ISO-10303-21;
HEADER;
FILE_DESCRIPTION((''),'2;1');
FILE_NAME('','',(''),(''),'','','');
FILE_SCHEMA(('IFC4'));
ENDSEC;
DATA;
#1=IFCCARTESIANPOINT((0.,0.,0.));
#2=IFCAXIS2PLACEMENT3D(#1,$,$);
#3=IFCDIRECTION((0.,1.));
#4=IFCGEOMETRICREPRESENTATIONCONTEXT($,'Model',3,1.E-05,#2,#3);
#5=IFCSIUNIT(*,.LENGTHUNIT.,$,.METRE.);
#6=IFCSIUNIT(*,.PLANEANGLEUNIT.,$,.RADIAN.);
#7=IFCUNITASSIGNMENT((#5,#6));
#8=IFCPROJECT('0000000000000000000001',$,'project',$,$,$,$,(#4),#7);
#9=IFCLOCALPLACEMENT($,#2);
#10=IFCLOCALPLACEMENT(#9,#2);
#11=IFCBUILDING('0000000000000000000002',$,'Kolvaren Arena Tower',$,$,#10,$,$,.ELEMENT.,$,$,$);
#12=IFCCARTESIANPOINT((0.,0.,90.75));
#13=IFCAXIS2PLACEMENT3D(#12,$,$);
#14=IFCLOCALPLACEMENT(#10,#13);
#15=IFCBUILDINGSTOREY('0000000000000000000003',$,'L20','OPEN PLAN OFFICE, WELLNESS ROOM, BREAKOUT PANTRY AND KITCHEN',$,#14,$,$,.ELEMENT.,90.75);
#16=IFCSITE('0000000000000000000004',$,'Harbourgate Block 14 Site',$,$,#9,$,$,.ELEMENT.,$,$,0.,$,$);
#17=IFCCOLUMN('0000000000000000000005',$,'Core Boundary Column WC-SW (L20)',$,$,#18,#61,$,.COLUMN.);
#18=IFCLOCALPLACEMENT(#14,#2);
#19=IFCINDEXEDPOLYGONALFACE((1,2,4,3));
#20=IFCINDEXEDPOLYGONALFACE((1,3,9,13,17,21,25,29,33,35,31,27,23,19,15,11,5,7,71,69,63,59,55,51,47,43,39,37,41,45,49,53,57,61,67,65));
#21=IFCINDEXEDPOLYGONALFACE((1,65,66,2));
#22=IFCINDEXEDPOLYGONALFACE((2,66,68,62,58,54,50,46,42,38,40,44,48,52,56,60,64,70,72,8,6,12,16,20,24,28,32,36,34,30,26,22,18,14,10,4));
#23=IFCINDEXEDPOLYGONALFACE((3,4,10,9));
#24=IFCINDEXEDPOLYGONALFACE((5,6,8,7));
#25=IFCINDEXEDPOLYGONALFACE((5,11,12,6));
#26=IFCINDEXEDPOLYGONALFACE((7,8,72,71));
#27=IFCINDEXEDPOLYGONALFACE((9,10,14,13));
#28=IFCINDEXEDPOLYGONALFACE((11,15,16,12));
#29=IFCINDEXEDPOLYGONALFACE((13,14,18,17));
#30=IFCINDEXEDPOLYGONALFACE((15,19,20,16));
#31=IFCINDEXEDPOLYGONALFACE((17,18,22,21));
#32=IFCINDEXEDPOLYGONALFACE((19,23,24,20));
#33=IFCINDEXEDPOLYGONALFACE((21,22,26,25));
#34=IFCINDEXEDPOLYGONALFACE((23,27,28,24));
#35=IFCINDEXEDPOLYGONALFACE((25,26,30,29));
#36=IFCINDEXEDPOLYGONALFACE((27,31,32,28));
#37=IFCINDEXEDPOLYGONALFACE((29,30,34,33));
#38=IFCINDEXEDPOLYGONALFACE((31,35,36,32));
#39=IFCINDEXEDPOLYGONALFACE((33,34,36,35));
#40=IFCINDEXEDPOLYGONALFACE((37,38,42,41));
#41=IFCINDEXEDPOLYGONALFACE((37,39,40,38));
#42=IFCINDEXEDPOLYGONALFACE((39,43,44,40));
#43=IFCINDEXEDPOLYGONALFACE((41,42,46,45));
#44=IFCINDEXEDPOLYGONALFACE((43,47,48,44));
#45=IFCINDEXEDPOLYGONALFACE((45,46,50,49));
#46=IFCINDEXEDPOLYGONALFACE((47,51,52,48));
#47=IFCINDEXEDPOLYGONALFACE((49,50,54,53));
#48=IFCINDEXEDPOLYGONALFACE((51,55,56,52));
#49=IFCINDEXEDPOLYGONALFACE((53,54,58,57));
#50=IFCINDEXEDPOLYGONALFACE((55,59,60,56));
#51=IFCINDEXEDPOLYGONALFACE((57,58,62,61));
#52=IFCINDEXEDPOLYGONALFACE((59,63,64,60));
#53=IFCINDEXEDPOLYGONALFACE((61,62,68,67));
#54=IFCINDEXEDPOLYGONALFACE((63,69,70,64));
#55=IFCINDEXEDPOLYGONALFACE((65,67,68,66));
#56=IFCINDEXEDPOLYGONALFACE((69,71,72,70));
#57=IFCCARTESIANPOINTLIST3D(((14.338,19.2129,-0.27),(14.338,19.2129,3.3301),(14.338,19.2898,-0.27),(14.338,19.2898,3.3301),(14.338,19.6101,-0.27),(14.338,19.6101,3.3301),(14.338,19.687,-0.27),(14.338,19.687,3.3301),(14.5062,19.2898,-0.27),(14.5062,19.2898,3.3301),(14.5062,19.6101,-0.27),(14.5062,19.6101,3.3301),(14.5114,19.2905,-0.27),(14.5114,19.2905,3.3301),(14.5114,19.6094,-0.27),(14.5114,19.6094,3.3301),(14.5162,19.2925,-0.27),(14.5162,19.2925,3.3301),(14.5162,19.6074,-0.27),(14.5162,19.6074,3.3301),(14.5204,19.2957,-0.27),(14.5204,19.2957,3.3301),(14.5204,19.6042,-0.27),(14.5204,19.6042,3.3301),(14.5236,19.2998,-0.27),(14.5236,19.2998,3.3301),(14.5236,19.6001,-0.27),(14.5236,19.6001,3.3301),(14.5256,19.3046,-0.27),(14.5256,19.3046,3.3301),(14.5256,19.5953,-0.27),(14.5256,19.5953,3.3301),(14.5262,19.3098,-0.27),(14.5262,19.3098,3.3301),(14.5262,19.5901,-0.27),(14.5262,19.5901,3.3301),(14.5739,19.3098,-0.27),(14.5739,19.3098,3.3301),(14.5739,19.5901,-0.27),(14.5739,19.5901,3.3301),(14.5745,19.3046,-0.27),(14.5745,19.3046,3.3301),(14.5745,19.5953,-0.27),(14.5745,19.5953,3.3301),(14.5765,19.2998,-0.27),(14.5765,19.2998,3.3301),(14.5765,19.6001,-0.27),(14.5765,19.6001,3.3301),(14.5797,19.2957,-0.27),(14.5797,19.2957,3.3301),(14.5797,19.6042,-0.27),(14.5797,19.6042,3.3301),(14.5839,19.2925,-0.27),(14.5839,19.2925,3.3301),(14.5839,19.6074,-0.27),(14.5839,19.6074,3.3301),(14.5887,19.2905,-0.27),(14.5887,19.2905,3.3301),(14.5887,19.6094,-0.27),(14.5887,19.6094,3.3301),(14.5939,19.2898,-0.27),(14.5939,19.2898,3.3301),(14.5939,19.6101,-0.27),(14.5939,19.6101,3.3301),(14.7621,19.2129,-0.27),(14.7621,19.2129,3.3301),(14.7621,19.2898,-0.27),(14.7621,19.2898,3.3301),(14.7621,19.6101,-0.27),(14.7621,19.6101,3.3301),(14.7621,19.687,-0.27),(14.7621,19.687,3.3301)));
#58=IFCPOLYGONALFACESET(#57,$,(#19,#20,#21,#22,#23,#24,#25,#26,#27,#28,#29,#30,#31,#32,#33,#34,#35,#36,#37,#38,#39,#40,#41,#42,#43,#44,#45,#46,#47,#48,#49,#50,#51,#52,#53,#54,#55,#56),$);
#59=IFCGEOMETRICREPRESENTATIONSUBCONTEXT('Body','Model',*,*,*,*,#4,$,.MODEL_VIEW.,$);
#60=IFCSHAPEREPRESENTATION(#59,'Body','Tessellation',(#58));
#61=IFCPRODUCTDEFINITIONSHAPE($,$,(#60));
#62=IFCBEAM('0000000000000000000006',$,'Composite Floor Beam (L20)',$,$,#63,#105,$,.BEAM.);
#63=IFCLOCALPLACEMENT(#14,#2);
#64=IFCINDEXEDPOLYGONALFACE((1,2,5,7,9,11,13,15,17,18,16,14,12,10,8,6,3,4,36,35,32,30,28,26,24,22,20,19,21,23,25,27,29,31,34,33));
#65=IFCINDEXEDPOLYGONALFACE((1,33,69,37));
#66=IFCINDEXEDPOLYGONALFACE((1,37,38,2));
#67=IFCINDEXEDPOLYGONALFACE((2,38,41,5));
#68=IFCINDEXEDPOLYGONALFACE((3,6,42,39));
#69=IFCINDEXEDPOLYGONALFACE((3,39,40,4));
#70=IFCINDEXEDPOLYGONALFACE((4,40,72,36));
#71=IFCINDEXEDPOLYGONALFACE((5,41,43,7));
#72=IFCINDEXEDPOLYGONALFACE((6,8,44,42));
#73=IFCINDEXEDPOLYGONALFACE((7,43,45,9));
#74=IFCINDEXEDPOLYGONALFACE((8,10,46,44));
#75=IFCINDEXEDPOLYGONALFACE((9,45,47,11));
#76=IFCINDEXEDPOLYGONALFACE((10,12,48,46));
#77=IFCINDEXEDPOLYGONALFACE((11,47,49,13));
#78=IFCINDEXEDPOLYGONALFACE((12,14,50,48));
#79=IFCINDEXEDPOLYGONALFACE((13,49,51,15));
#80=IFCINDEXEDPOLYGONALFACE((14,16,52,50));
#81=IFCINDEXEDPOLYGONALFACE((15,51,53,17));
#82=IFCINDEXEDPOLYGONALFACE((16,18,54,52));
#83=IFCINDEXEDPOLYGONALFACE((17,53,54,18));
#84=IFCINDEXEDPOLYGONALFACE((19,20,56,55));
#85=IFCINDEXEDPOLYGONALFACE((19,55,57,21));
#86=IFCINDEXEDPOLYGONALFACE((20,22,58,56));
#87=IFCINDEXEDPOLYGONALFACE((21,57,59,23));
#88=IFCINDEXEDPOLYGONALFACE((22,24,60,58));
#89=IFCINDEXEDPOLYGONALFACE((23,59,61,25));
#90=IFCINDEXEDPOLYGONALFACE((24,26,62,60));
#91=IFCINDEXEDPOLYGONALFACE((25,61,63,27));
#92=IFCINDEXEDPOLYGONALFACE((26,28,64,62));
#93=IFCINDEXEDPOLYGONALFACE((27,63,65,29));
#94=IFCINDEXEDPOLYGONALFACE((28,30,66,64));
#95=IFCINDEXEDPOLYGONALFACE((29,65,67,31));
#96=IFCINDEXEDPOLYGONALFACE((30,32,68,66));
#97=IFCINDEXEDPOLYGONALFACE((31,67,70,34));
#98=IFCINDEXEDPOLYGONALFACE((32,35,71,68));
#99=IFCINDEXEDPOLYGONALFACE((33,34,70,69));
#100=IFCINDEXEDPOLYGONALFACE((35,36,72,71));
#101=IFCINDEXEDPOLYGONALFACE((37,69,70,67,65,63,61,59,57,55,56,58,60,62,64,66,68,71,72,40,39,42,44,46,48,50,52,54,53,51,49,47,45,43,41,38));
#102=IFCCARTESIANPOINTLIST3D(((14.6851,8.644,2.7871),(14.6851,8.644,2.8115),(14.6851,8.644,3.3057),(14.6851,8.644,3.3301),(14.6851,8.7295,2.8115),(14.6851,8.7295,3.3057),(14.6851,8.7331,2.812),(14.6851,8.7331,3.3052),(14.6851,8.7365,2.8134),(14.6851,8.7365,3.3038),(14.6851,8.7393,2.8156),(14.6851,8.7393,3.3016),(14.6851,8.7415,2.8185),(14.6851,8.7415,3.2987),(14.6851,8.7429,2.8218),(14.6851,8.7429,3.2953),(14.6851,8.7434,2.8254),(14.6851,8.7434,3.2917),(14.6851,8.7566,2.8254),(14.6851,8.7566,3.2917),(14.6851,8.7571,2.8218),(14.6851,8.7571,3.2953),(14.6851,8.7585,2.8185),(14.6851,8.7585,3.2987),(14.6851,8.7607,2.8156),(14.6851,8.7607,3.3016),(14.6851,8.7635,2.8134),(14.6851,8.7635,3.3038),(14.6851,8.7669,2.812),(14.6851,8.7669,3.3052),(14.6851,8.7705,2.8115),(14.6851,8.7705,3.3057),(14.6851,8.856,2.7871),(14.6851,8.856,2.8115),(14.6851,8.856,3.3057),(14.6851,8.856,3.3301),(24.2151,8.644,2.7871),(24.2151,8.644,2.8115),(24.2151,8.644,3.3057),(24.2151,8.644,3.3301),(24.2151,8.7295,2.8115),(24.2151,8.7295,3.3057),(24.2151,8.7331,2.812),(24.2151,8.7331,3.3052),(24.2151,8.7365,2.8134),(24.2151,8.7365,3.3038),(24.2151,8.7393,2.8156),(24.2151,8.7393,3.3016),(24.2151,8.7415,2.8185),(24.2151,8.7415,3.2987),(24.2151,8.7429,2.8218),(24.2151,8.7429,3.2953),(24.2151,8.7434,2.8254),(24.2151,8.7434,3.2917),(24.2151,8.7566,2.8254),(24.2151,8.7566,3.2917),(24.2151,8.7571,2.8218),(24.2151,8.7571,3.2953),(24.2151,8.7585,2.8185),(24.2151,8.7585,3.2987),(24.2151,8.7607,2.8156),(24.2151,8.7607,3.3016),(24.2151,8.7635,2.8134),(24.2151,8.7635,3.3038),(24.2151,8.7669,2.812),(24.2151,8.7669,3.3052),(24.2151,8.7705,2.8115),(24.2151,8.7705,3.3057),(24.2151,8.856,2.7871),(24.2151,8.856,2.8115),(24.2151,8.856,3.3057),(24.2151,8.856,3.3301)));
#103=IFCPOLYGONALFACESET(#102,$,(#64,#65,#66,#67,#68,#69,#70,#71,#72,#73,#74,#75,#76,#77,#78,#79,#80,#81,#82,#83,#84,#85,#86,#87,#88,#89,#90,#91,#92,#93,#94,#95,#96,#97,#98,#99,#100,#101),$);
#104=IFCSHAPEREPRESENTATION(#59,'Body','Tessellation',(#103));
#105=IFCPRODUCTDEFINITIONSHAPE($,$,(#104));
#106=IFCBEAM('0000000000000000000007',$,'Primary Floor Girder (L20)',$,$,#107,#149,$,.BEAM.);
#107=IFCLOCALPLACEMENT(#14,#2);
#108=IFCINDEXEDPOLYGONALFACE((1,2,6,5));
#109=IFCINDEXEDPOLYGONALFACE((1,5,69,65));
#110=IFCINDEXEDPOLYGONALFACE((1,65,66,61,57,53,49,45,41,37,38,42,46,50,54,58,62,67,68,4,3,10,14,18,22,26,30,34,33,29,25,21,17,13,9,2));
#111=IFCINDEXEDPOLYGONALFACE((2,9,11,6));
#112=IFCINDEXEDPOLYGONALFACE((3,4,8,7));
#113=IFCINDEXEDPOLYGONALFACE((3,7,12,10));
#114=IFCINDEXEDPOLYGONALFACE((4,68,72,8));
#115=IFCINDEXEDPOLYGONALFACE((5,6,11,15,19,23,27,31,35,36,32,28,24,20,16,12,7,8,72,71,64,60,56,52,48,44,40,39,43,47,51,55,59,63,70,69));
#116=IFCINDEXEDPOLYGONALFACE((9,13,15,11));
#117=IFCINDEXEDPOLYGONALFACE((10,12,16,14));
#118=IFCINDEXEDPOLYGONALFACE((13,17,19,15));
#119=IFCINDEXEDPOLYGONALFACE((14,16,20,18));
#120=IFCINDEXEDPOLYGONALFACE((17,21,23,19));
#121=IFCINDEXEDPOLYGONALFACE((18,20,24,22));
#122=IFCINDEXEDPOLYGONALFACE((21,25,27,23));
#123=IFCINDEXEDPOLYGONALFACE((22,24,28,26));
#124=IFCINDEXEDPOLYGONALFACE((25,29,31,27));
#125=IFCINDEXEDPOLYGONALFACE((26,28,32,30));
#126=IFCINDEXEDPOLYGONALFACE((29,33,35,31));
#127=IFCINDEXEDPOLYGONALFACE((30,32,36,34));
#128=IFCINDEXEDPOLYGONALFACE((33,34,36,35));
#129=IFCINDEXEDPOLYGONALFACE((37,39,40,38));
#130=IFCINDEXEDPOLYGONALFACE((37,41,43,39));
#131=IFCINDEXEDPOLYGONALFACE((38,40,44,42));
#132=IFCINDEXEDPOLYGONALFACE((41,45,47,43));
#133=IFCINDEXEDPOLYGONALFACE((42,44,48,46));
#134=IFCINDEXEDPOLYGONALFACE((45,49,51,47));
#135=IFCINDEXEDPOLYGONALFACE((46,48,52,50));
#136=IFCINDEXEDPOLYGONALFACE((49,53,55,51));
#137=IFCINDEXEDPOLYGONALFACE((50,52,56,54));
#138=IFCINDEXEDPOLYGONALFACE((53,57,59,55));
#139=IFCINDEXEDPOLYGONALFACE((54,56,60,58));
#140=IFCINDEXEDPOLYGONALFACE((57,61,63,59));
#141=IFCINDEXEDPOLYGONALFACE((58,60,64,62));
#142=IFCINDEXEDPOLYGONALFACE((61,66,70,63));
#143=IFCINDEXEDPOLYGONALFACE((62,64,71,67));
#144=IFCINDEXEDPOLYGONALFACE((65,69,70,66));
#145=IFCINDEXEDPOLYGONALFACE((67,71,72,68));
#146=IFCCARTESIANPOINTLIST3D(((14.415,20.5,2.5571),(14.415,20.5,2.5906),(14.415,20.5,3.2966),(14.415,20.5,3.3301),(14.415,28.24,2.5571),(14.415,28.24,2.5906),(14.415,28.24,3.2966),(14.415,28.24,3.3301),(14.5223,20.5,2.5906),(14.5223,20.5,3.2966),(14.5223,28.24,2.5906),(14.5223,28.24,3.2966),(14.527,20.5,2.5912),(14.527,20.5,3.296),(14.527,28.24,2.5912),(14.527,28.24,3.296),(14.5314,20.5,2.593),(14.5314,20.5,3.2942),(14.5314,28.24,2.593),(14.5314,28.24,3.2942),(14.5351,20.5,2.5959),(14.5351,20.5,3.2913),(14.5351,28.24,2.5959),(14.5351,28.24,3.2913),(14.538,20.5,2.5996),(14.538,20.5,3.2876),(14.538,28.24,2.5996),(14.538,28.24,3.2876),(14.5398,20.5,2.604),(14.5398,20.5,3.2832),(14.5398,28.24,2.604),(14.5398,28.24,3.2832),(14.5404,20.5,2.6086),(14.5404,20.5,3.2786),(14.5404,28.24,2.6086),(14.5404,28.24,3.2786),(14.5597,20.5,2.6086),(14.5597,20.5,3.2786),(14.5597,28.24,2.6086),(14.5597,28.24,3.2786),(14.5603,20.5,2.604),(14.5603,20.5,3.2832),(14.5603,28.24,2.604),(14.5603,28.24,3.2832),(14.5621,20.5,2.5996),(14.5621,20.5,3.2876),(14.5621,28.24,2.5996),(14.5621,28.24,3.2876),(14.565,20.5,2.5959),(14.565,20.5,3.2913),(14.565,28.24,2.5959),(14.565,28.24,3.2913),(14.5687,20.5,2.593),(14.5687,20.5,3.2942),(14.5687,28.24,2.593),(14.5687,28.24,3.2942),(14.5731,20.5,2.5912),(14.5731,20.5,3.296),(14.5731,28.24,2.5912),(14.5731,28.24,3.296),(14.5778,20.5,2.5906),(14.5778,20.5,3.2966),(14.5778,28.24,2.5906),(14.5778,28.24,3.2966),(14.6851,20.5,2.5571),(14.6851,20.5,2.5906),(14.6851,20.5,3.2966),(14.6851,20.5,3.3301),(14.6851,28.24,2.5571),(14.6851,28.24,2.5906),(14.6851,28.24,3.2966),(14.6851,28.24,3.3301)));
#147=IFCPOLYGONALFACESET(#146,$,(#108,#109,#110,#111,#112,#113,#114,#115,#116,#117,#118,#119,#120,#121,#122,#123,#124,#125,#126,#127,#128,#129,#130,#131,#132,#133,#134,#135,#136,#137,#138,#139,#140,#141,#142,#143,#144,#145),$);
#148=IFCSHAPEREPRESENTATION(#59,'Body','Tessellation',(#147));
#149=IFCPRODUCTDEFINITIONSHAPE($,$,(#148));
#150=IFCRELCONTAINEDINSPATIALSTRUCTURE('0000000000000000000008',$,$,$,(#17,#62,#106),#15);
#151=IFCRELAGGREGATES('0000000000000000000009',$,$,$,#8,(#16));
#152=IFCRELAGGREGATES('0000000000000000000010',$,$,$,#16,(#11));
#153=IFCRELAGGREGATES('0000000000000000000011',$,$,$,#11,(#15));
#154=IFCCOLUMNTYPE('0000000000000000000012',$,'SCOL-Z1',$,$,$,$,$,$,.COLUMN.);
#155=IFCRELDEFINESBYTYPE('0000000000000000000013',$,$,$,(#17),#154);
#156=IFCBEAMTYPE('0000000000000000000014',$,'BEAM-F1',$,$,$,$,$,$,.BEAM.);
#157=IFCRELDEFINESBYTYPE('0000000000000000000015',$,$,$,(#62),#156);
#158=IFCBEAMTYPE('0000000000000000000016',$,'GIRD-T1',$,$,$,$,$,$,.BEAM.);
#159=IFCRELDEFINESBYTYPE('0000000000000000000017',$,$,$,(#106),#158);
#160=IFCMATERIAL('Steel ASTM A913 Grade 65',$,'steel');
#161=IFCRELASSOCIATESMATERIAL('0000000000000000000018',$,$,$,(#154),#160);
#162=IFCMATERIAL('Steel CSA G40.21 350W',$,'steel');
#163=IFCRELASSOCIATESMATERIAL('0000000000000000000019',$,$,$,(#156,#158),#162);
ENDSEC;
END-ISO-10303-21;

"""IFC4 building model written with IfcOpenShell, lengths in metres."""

from ifc_helpers import new_model, si_unit, direction, frame, origin, origin_2d, place, context, subcontext, project, spatial, i_section, extrude, material, material_profile, profile_set, type_object, element, save


model = new_model("IFC4")

# Units and contexts
model_context = context("Model", 3, precision=1e-05, world=origin(), true_north=direction((0.0, 1.0)))
body_context = subcontext(model_context, "Body", "Model", "MODEL_VIEW")
ifc_project = project(units=[si_unit("LENGTHUNIT", "METRE"), si_unit("PLANEANGLEUNIT", "RADIAN")], contexts=[model_context])

# Site, building, storey
site_placement = place(None, origin())
site = spatial("IfcSite", under=ifc_project, at=site_placement, Name="Harbourgate Block 14 Site", CompositionType="ELEMENT", RefElevation=0.0)
building_placement = place(site_placement, origin())
building = spatial("IfcBuilding", under=site, at=building_placement, Name="Kolvaren Arena Tower", CompositionType="ELEMENT")
storey_placement = place(building_placement, frame((0.0, 0.0, 90.75)))
storey = spatial("IfcBuildingStorey", under=building, at=storey_placement, Name="L20", Description="OPEN PLAN OFFICE, WELLNESS ROOM, BREAKOUT PANTRY AND KITCHEN", CompositionType="ELEMENT", Elevation=90.75)

# Column
ifc_material_1 = material(Name="Steel ASTM A913 Grade 65", Category="steel")
ifc_material_profile_1 = material_profile(ifc_material_1, i_section(OverallWidth=0.4241, OverallDepth=0.4741, WebThickness=0.0476, FlangeThickness=0.0769, FilletRadius=0.02, at=origin_2d()), Name="W360x634")
ifc_profile_set_1 = profile_set([ifc_material_profile_1], Name="Steel ASTM A913 Grade 65")
column_type = type_object("IfcColumnType", Name="SCOL-Z1", PredefinedType="COLUMN", material=ifc_profile_set_1)
column_placement = place(storey_placement, frame((14.55, 19.45, -0.27), z_axis=(0.0, 0.0, 1.0), x_axis=(1.0, 0.0, 0.0)))
element("IfcColumn", 1, at=column_placement, inside=storey, type_object=column_type, Name="Core Boundary Column WC-SW (L20)", PredefinedType="COLUMN", context=body_context, shape_type="SweptSolid", body=[
    extrude(i_section(OverallWidth=0.4241, OverallDepth=0.4741, WebThickness=0.0476, FlangeThickness=0.0769, FilletRadius=0.02, at=origin_2d()), origin(), (0.0, 0.0, 1.0), 3.6001),
])

# Beams
ifc_material_2 = material(Name="Steel CSA G40.21 350W", Category="steel")
ifc_material_profile_2 = material_profile(ifc_material_2, i_section(OverallWidth=0.2119, OverallDepth=0.543, WebThickness=0.0132, FlangeThickness=0.0244, FilletRadius=0.0139, at=origin_2d()), Name="W530x150")
ifc_profile_set_2 = profile_set([ifc_material_profile_2], Name="Steel CSA G40.21 350W")
beam_type_1 = type_object("IfcBeamType", Name="BEAM-F1", PredefinedType="BEAM", material=ifc_profile_set_2)
beam_1_placement = place(storey_placement, frame((14.6851, 8.75, 3.0586), z_axis=(1.0, 0.0, 0.0), x_axis=(0.0, 1.0, 0.0)))
element("IfcBeam", 2, at=beam_1_placement, inside=storey, type_object=beam_type_1, Name="Composite Floor Beam (L20)", PredefinedType="BEAM", context=body_context, shape_type="SweptSolid", body=[
    extrude(i_section(OverallWidth=0.2119, OverallDepth=0.543, WebThickness=0.0132, FlangeThickness=0.0244, FilletRadius=0.0139, at=origin_2d()), origin(), (0.0, 0.0, 1.0), 9.53),
])
ifc_material_profile_3 = material_profile(ifc_material_2, i_section(OverallWidth=0.27, OverallDepth=0.7729, WebThickness=0.0193, FlangeThickness=0.0334, FilletRadius=0.0181, at=origin_2d()), Name="W760x257")
ifc_profile_set_3 = profile_set([ifc_material_profile_3], Name="Steel CSA G40.21 350W")
beam_type_2 = type_object("IfcBeamType", Name="GIRD-T1", PredefinedType="BEAM", material=ifc_profile_set_3)
beam_2_placement = place(storey_placement, frame((14.55, 20.5, 2.9436), z_axis=(0.0, 1.0, 0.0), x_axis=(-1.0, 0.0, 0.0)))
element("IfcBeam", 3, at=beam_2_placement, inside=storey, type_object=beam_type_2, Name="Primary Floor Girder (L20)", PredefinedType="BEAM", context=body_context, shape_type="SweptSolid", body=[
    extrude(i_section(OverallWidth=0.27, OverallDepth=0.7729, WebThickness=0.0193, FlangeThickness=0.0334, FilletRadius=0.0181, at=origin_2d()), origin(), (0.0, 0.0, 1.0), 7.74),
])

save(model, "model.ifc")
